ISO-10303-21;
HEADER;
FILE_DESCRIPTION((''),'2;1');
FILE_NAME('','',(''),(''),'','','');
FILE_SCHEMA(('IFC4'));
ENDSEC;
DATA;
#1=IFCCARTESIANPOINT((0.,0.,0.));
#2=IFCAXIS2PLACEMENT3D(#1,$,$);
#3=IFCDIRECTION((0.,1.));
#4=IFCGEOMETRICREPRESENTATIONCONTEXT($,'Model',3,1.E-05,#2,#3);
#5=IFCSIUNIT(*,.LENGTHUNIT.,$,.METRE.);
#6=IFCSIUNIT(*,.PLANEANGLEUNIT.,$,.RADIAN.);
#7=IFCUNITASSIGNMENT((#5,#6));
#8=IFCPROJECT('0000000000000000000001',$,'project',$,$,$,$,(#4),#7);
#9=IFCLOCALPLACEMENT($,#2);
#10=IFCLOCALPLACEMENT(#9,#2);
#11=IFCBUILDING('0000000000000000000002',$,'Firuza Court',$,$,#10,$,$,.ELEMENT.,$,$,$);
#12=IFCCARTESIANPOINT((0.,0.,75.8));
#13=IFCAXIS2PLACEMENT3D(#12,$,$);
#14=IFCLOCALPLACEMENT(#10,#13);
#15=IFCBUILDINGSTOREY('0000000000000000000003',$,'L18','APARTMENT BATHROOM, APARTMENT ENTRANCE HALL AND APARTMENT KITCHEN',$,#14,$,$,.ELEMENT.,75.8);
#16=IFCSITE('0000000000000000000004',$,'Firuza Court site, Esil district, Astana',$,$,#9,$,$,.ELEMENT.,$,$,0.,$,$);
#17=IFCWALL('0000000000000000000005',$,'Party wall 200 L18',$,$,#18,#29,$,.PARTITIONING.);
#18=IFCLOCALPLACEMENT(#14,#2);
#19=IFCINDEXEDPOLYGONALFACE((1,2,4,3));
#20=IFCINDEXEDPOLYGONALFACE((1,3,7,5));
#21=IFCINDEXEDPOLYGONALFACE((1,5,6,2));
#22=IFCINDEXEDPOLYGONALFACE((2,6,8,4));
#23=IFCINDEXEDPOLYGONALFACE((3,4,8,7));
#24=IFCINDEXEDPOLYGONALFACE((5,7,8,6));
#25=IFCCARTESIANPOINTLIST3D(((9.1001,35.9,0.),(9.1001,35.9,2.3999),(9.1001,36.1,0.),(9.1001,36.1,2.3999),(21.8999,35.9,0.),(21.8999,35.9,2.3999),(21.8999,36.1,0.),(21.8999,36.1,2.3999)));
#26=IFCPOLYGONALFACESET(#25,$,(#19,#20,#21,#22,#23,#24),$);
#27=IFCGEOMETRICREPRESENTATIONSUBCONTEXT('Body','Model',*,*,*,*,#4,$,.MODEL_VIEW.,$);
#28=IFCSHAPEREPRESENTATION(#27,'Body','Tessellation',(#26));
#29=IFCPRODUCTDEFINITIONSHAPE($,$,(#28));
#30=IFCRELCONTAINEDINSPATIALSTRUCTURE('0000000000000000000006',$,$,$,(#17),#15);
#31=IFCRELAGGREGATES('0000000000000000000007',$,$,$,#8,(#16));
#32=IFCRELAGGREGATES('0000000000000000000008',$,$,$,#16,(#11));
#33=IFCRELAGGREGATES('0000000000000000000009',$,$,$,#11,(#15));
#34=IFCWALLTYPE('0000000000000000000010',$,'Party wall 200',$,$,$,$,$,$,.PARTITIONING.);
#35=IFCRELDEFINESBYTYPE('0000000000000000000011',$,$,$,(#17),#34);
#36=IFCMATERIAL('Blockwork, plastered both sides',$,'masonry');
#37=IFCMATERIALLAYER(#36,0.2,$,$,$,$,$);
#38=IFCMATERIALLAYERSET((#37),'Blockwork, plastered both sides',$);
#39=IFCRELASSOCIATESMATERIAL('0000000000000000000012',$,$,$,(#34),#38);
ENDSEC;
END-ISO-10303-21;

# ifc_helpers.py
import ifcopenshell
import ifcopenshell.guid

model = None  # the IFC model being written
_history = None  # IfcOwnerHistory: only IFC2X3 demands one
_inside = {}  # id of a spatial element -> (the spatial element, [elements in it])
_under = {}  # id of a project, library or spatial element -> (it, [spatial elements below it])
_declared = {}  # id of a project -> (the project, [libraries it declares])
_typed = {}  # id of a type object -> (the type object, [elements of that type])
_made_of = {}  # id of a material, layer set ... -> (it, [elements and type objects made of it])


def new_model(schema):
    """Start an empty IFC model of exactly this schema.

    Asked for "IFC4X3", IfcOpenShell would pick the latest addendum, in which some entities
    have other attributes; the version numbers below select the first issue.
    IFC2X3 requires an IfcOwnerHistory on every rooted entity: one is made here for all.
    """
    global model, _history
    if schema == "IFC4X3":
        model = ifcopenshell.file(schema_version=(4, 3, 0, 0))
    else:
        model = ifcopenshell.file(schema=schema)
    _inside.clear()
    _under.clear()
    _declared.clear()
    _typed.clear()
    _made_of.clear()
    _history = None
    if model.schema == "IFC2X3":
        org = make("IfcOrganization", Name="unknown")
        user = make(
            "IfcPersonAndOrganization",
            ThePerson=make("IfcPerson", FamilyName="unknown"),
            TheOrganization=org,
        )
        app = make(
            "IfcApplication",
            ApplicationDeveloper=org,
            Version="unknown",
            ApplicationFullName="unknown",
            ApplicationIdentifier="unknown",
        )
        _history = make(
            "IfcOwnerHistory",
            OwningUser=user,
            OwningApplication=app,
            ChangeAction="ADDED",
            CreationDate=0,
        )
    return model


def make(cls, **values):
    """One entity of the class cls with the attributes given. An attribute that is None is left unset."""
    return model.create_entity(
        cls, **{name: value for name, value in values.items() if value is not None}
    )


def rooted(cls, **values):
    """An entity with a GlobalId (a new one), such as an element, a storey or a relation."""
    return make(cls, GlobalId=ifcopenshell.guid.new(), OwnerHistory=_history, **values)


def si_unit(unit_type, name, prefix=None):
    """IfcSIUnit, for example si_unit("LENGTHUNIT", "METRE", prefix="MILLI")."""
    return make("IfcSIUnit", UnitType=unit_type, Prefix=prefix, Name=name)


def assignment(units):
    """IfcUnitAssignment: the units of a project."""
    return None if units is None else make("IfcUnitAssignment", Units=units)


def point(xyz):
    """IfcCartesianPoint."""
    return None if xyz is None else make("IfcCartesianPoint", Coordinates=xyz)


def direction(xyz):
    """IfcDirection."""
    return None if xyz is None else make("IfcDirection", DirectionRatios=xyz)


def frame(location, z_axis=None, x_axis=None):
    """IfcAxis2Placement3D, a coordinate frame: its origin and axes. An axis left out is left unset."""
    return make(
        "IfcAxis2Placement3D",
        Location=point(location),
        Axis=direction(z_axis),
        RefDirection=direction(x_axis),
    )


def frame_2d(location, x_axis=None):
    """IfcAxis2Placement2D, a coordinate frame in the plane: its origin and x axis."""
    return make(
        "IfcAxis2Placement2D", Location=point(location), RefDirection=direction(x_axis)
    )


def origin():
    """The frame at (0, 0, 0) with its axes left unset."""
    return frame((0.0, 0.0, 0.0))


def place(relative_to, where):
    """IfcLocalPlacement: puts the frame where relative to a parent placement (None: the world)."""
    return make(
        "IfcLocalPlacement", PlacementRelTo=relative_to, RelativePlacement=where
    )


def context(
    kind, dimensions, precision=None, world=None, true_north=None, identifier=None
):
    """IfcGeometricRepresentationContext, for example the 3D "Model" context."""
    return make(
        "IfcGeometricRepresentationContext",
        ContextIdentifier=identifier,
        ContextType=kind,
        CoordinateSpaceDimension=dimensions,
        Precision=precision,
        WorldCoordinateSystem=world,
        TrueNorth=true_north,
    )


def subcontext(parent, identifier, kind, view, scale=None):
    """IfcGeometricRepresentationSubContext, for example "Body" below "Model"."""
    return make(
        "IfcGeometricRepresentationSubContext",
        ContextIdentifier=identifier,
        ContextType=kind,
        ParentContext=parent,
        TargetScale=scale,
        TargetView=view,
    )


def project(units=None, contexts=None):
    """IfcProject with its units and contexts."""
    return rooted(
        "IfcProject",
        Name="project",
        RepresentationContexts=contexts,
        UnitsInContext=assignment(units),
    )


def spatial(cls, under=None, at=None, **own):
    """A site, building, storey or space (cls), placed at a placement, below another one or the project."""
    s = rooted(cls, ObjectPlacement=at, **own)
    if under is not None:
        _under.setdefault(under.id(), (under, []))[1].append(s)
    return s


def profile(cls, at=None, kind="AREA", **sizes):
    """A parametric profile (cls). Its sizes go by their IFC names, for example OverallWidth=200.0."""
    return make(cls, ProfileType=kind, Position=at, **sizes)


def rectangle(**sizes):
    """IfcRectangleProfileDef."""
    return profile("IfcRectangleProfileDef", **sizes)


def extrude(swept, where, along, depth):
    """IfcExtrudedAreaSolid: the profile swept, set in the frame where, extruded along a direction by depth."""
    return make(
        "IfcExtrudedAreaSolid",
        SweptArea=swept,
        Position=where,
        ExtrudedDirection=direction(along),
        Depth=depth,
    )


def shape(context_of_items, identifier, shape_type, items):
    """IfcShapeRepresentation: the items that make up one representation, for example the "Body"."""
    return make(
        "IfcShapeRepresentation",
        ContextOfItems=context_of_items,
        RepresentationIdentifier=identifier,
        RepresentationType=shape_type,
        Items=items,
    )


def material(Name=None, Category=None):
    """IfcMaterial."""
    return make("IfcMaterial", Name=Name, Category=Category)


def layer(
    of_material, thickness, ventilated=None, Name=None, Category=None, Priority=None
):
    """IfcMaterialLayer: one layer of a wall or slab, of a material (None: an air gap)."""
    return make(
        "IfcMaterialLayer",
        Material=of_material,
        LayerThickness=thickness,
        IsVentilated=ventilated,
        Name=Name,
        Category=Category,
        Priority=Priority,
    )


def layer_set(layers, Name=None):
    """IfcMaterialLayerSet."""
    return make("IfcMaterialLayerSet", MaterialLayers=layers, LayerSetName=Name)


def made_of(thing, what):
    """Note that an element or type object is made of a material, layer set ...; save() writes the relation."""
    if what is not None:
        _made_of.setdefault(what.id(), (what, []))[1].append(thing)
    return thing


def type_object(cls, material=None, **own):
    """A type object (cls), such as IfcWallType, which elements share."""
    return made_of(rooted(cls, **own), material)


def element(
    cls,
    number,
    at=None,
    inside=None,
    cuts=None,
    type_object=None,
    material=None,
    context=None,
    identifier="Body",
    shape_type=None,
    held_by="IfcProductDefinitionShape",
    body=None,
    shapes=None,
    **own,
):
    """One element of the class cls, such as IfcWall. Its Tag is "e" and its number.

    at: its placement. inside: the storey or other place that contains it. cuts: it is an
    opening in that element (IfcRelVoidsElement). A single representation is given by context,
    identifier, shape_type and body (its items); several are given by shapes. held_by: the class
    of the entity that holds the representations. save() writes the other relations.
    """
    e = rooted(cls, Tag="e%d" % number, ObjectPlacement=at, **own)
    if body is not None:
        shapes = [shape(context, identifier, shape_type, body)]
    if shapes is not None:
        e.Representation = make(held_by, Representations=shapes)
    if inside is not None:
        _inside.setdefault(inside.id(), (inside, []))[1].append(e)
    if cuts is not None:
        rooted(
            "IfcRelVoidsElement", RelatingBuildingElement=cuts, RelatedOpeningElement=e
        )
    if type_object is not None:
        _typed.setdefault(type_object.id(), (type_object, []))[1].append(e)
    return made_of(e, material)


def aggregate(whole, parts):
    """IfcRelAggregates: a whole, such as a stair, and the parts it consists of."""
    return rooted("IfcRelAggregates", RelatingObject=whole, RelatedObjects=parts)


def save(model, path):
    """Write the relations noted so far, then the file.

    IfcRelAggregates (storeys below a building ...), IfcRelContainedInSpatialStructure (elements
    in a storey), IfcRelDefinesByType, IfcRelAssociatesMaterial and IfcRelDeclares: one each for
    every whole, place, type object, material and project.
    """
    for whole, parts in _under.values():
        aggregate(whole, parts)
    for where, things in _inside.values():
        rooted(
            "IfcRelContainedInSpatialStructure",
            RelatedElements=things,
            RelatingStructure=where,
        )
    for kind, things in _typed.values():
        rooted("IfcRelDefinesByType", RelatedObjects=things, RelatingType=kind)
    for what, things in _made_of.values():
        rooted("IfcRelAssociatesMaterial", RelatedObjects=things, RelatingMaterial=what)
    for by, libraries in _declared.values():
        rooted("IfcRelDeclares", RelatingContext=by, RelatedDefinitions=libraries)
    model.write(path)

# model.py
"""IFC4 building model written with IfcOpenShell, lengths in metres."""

from ifc_helpers import new_model, si_unit, direction, frame, frame_2d, origin, place, context, subcontext, project, spatial, rectangle, extrude, material, layer, layer_set, type_object, element, save


model = new_model("IFC4")

# Units and contexts
model_context = context("Model", 3, precision=1e-05, world=origin(), true_north=direction((0.0, 1.0)))
body_context = subcontext(model_context, "Body", "Model", "MODEL_VIEW")
ifc_project = project(units=[si_unit("LENGTHUNIT", "METRE"), si_unit("PLANEANGLEUNIT", "RADIAN")], contexts=[model_context])

# Site, building, storey
site_placement = place(None, origin())
site = spatial("IfcSite", under=ifc_project, at=site_placement, Name="Firuza Court site, Esil district, Astana", CompositionType="ELEMENT", RefElevation=0.0)
building_placement = place(site_placement, origin())
building = spatial("IfcBuilding", under=site, at=building_placement, Name="Firuza Court", CompositionType="ELEMENT")
storey_placement = place(building_placement, frame((0.0, 0.0, 75.8)))
storey = spatial("IfcBuildingStorey", under=building, at=storey_placement, Name="L18", Description="APARTMENT BATHROOM, APARTMENT ENTRANCE HALL AND APARTMENT KITCHEN", CompositionType="ELEMENT", Elevation=75.8)

# Shared definitions
ifc_material_1 = material(Name="Blockwork, plastered both sides", Category="masonry")

# Wall
ifc_layer_1 = layer(ifc_material_1, 0.2)
ifc_layer_set_1 = layer_set([ifc_layer_1], Name="Blockwork, plastered both sides")
wall_type_1 = type_object("IfcWallType", Name="Party wall 200", PredefinedType="PARTITIONING", material=ifc_layer_set_1)
wall_1_placement = place(storey_placement, frame((9.1001, 36.0, 0.0), z_axis=(0.0, 0.0, 1.0), x_axis=(1.0, 0.0, 0.0)))
element("IfcWall", 1, at=wall_1_placement, inside=storey, type_object=wall_type_1, Name="Party wall 200 L18", PredefinedType="PARTITIONING", context=body_context, shape_type="SweptSolid", body=[
    extrude(rectangle(XDim=12.7998, YDim=0.2, at=frame_2d((6.3999, 0.0))), origin(), (0.0, 0.0, 1.0), 2.3999),
])

save(model, "model.ifc")
